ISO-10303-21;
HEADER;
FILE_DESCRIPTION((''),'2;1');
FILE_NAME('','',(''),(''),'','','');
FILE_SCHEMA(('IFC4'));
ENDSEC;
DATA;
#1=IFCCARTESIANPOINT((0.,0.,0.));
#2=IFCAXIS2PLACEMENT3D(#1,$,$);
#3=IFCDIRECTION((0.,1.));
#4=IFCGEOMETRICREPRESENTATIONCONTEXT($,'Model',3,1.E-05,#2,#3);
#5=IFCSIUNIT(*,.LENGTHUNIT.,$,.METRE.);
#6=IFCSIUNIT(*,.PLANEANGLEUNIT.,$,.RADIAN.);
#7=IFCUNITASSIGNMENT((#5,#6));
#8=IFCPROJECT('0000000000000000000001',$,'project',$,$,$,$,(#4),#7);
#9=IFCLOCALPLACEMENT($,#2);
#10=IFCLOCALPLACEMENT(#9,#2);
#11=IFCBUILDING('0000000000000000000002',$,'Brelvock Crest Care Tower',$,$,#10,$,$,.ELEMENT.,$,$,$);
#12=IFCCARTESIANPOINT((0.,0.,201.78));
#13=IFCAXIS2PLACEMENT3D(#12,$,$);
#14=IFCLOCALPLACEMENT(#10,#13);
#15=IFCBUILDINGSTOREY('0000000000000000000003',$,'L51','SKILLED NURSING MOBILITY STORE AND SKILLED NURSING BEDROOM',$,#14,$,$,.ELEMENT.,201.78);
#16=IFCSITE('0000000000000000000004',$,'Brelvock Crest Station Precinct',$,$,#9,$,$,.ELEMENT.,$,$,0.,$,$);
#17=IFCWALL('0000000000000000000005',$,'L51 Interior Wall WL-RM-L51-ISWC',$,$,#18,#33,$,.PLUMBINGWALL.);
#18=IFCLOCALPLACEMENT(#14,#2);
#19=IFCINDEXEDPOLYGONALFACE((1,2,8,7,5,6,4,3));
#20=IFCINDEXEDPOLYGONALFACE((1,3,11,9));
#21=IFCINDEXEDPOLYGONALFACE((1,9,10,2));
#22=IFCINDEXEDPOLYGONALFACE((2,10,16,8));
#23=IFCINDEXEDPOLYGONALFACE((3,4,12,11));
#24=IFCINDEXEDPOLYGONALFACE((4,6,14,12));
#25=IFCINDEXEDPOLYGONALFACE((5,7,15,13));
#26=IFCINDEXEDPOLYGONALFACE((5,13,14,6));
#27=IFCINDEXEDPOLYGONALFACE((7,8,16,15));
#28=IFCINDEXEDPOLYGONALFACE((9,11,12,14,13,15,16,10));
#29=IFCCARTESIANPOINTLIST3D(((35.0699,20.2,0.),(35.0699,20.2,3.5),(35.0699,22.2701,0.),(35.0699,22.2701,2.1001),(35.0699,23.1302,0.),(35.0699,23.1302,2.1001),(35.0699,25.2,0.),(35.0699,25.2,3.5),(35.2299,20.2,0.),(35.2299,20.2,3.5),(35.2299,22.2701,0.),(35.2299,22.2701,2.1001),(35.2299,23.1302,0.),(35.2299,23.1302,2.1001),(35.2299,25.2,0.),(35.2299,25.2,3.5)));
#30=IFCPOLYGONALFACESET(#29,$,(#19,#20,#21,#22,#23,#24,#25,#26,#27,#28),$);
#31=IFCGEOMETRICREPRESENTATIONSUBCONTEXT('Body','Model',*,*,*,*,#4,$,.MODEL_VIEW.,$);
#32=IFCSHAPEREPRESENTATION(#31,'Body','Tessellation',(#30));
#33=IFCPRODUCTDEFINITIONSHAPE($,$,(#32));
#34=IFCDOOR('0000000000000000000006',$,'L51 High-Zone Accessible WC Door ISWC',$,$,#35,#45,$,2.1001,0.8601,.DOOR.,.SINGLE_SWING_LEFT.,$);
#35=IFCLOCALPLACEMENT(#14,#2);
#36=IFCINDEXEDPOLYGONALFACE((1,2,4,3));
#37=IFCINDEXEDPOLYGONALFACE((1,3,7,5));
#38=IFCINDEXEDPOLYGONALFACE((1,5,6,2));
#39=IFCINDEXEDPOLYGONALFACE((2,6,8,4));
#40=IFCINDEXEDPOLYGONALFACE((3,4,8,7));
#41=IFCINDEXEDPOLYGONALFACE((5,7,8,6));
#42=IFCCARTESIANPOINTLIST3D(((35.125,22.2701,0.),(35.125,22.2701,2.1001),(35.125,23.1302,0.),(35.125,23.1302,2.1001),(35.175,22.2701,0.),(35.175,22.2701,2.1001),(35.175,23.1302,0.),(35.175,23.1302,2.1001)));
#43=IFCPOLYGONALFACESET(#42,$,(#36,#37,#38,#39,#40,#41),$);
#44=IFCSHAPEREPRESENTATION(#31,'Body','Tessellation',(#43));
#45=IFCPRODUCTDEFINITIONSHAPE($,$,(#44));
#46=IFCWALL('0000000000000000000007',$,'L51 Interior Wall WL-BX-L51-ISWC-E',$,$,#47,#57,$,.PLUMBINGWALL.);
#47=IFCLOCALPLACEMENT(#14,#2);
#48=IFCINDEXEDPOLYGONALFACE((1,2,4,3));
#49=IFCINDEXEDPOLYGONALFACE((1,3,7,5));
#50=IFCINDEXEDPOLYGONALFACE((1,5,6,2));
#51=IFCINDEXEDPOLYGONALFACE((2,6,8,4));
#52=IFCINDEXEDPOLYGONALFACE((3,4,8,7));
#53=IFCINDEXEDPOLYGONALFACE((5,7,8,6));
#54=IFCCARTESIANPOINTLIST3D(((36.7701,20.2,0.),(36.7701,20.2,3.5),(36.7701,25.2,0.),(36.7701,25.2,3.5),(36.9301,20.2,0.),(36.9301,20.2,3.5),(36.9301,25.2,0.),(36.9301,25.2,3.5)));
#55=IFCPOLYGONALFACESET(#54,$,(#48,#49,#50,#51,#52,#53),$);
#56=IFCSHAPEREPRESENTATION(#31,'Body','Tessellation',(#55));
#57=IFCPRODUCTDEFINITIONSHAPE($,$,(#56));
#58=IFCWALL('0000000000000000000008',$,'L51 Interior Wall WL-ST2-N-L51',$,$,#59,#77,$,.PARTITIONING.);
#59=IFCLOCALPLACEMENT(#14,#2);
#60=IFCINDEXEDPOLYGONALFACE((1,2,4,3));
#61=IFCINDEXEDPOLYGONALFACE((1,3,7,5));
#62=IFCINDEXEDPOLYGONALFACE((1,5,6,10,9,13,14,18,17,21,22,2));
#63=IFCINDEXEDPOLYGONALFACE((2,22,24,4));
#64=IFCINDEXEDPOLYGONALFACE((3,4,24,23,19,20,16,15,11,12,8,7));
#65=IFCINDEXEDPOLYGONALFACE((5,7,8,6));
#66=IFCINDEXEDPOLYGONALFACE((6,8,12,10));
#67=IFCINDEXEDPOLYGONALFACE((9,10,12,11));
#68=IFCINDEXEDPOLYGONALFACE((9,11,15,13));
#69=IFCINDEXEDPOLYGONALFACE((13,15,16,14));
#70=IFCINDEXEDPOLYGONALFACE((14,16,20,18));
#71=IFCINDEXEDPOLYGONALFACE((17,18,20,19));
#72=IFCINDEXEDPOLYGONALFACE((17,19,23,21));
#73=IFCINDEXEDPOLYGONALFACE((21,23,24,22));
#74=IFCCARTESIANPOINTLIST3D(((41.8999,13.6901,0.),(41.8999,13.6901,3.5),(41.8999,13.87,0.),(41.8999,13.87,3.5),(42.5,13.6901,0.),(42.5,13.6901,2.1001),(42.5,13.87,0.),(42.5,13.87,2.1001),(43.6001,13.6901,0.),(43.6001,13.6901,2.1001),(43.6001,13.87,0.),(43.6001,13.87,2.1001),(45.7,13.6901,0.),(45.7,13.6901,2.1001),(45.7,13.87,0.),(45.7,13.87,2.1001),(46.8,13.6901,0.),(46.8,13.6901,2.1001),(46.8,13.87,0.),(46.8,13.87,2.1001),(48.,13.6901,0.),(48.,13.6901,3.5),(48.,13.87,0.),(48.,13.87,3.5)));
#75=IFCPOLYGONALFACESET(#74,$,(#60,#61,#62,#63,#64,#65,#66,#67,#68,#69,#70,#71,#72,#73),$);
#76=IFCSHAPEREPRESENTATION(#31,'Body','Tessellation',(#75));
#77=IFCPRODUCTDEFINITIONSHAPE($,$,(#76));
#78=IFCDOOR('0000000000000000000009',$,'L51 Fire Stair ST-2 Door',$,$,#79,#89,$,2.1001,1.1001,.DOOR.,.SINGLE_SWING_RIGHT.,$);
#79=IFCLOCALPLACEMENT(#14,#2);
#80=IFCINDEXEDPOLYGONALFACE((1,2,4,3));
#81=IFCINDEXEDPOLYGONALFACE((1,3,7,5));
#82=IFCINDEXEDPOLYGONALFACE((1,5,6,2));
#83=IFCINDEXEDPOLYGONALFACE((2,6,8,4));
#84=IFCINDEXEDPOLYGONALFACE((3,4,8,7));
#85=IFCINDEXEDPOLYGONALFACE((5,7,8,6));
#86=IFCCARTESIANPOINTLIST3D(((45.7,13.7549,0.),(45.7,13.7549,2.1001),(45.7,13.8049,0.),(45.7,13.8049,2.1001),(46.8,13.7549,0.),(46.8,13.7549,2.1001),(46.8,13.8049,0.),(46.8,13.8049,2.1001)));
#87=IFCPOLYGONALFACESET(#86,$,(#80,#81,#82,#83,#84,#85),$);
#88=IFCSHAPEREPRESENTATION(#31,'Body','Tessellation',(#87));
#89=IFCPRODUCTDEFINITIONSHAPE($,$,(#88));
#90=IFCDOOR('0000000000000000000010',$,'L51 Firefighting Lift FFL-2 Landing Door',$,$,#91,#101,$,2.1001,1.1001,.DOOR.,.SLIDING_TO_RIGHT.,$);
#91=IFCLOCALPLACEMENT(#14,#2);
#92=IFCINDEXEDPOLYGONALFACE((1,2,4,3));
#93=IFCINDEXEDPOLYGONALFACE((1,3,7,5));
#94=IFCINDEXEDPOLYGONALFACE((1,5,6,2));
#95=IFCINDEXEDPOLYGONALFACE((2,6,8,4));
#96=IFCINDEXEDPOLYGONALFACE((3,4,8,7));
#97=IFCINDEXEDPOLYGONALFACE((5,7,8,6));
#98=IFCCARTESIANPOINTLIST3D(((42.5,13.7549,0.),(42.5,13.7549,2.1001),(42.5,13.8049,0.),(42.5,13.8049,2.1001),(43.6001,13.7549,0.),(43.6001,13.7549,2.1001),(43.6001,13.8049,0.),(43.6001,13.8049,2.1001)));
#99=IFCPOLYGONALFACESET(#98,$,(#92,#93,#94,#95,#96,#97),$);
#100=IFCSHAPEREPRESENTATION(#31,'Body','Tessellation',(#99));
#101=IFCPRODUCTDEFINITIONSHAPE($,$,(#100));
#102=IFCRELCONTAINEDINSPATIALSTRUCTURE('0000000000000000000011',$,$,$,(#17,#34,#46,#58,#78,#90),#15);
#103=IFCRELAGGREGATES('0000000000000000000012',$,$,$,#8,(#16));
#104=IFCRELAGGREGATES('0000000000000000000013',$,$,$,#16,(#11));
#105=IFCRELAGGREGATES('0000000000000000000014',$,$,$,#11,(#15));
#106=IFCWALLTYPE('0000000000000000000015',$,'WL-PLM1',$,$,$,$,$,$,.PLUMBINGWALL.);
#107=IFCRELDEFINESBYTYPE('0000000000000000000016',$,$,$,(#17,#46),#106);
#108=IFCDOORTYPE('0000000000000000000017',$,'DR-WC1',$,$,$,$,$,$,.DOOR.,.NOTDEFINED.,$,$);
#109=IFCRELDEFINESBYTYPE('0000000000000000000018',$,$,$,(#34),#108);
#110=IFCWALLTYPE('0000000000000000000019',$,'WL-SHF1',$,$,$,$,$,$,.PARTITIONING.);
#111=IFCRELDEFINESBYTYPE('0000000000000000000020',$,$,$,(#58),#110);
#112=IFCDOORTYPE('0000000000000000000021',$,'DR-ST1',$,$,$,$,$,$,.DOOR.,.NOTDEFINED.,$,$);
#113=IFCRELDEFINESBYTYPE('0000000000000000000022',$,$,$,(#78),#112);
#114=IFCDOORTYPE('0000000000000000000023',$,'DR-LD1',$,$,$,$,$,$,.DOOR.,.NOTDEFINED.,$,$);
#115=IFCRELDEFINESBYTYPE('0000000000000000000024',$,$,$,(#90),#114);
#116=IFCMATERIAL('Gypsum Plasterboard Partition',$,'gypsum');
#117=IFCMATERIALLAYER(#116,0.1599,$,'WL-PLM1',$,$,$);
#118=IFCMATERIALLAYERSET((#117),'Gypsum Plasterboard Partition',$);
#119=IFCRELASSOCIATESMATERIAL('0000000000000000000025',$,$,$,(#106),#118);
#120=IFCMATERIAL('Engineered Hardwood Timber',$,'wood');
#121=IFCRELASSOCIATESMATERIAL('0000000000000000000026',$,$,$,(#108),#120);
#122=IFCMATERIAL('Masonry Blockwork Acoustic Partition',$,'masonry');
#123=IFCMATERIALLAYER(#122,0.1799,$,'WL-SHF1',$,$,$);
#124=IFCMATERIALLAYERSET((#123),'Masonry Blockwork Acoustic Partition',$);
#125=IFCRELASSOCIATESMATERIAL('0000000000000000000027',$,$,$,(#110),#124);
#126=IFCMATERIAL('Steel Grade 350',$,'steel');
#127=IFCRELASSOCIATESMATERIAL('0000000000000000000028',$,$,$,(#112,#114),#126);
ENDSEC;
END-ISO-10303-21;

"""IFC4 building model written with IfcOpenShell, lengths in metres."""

from ifc_helpers import new_model, si_unit, direction, frame, frame_2d, origin, origin_2d, place, context, subcontext, project, spatial, rectangle, extrude, source, transform, mapped, material, layer, layer_set, type_object, element, fill, save


model = new_model("IFC4")

# Units and contexts
model_context = context("Model", 3, precision=1e-05, world=origin(), true_north=direction((0.0, 1.0)))
body_context = subcontext(model_context, "Body", "Model", "MODEL_VIEW")
ifc_project = project(units=[si_unit("LENGTHUNIT", "METRE"), si_unit("PLANEANGLEUNIT", "RADIAN")], contexts=[model_context])

# Site, building, storey
site_placement = place(None, origin())
site = spatial("IfcSite", under=ifc_project, at=site_placement, Name="Brelvock Crest Station Precinct", CompositionType="ELEMENT", RefElevation=0.0)
building_placement = place(site_placement, origin())
building = spatial("IfcBuilding", under=site, at=building_placement, Name="Brelvock Crest Care Tower", CompositionType="ELEMENT")
storey_placement = place(building_placement, frame((0.0, 0.0, 201.78)))
storey = spatial("IfcBuildingStorey", under=building, at=storey_placement, Name="L51", Description="SKILLED NURSING MOBILITY STORE AND SKILLED NURSING BEDROOM", CompositionType="ELEMENT", Elevation=201.78)

# Shared definitions
ifc_material_1 = material(Name="Steel Grade 350", Category="steel")

# Shared definitions
ifc_material_2 = material(Name="Masonry Blockwork Acoustic Partition", Category="masonry")

# Shared definitions
ifc_material_3 = material(Name="Engineered Hardwood Timber", Category="wood")

# Shared definitions
ifc_material_4 = material(Name="Gypsum Plasterboard Partition", Category="gypsum")
ifc_layer_1 = layer(ifc_material_4, 0.1599, Name="WL-PLM1")
ifc_layer_set_1 = layer_set([ifc_layer_1], Name="Gypsum Plasterboard Partition")
wall_type_1 = type_object("IfcWallType", Name="WL-PLM1", PredefinedType="PLUMBINGWALL", material=ifc_layer_set_1)

# Wall, opening, door
wall_1_placement = place(storey_placement, frame((35.1499, 20.2, 0.0), z_axis=(0.0, 0.0, 1.0), x_axis=(0.0, 1.0, 0.0)))
wall_1 = element("IfcWall", 1, at=wall_1_placement, inside=storey, type_object=wall_type_1, Name="L51 Interior Wall WL-RM-L51-ISWC", PredefinedType="PLUMBINGWALL", context=body_context, shape_type="SweptSolid", body=[
    extrude(rectangle(XDim=5.0, YDim=0.1599, at=frame_2d((2.5, 0.0))), origin(), (0.0, 0.0, 1.0), 3.5),
])
opening_1_placement = place(wall_1_placement, frame((2.0701, 0.0, 0.0)))
opening_1 = element("IfcOpeningElement", 2, at=opening_1_placement, cuts=wall_1, PredefinedType="OPENING", context=body_context, shape_type="SweptSolid", body=[
    extrude(rectangle(XDim=0.8601, YDim=2.1001, at=origin_2d()), frame((0.4302, 0.0898, 1.05), z_axis=(0.0, -1.0, 0.0), x_axis=(1.0, 0.0, 0.0)), (0.0, 0.0, 1.0), 0.1799),
])
door_type_1 = type_object("IfcDoorType", Name="DR-WC1", OperationType="NOTDEFINED", PredefinedType="DOOR", material=ifc_material_3)
shared_shape_1 = source(origin(), body_context, "Body", "SweptSolid", [
    extrude(rectangle(XDim=0.8601, YDim=2.1001, at=origin_2d()), frame((0.4302, 0.0249, 1.05), z_axis=(0.0, -1.0, 0.0), x_axis=(1.0, 0.0, 0.0)), (0.0, 0.0, 1.0), 0.05),
])
door_1_placement = place(opening_1_placement, origin())
door_1 = element("IfcDoor", 3, at=door_1_placement, inside=storey, type_object=door_type_1, Name="L51 High-Zone Accessible WC Door ISWC", OperationType="SINGLE_SWING_LEFT", OverallHeight=2.1001, OverallWidth=0.8601, PredefinedType="DOOR", context=body_context, shape_type="MappedRepresentation", body=[
    mapped(shared_shape_1, transform((0.0, 0.0, 0.0), x_axis=(1.0, 0.0, 0.0), y_axis=(0.0, 1.0, 0.0), z_axis=(0.0, 0.0, 1.0), scale=1.0)),
])
fill(opening_1, door_1)

# Wall
wall_2_placement = place(storey_placement, frame((36.8501, 20.2, 0.0), z_axis=(0.0, 0.0, 1.0), x_axis=(0.0, 1.0, 0.0)))
element("IfcWall", 4, at=wall_2_placement, inside=storey, type_object=wall_type_1, Name="L51 Interior Wall WL-BX-L51-ISWC-E", PredefinedType="PLUMBINGWALL", context=body_context, shape_type="SweptSolid", body=[
    extrude(rectangle(XDim=5.0, YDim=0.1599, at=frame_2d((2.5, 0.0))), origin(), (0.0, 0.0, 1.0), 3.5),
])

# Wall, openings, doors
ifc_layer_2 = layer(ifc_material_2, 0.1799, Name="WL-SHF1")
ifc_layer_set_2 = layer_set([ifc_layer_2], Name="Masonry Blockwork Acoustic Partition")
wall_type_2 = type_object("IfcWallType", Name="WL-SHF1", PredefinedType="PARTITIONING", material=ifc_layer_set_2)
wall_3_placement = place(storey_placement, frame((41.8999, 13.78, 0.0), z_axis=(0.0, 0.0, 1.0), x_axis=(1.0, 0.0, 0.0)))
wall_3 = element("IfcWall", 5, at=wall_3_placement, inside=storey, type_object=wall_type_2, Name="L51 Interior Wall WL-ST2-N-L51", PredefinedType="PARTITIONING", context=body_context, shape_type="SweptSolid", body=[
    extrude(rectangle(XDim=6.1001, YDim=0.1799, at=frame_2d((3.05, 0.0))), origin(), (0.0, 0.0, 1.0), 3.5),
])
opening_2_placement = place(wall_3_placement, frame((0.6001, 0.0, 0.0)))
opening_2 = element("IfcOpeningElement", 6, at=opening_2_placement, cuts=wall_3, PredefinedType="OPENING", context=body_context, shape_type="SweptSolid", body=[
    extrude(rectangle(XDim=1.1001, YDim=2.1001, at=origin_2d()), frame((0.55, 0.1001, 1.05), z_axis=(0.0, -1.0, 0.0), x_axis=(1.0, 0.0, 0.0)), (0.0, 0.0, 1.0), 0.2),
])
opening_3_placement = place(wall_3_placement, frame((3.8, 0.0, 0.0)))
opening_3 = element("IfcOpeningElement", 7, at=opening_3_placement, cuts=wall_3, PredefinedType="OPENING", context=body_context, shape_type="SweptSolid", body=[
    extrude(rectangle(XDim=1.1001, YDim=2.1001, at=origin_2d()), frame((0.55, 0.1001, 1.05), z_axis=(0.0, -1.0, 0.0), x_axis=(1.0, 0.0, 0.0)), (0.0, 0.0, 1.0), 0.2),
])
door_type_2 = type_object("IfcDoorType", Name="DR-ST1", OperationType="NOTDEFINED", PredefinedType="DOOR", material=ifc_material_1)
shared_shape_2 = source(origin(), body_context, "Body", "SweptSolid", [
    extrude(rectangle(XDim=1.1001, YDim=2.1001, at=origin_2d()), frame((0.55, 0.0249, 1.05), z_axis=(0.0, -1.0, 0.0), x_axis=(1.0, 0.0, 0.0)), (0.0, 0.0, 1.0), 0.05),
])
door_2_placement = place(opening_3_placement, origin())
door_2 = element("IfcDoor", 8, at=door_2_placement, inside=storey, type_object=door_type_2, Name="L51 Fire Stair ST-2 Door", OperationType="SINGLE_SWING_RIGHT", OverallHeight=2.1001, OverallWidth=1.1001, PredefinedType="DOOR", context=body_context, shape_type="MappedRepresentation", body=[
    mapped(shared_shape_2, transform((0.0, 0.0, 0.0), x_axis=(1.0, 0.0, 0.0), y_axis=(0.0, 1.0, 0.0), z_axis=(0.0, 0.0, 1.0), scale=1.0)),
])
fill(opening_3, door_2)
door_type_3 = type_object("IfcDoorType", Name="DR-LD1", OperationType="NOTDEFINED", PredefinedType="DOOR", material=ifc_material_1)
shared_shape_3 = source(origin(), body_context, "Body", "SweptSolid", [
    extrude(rectangle(XDim=1.1001, YDim=2.1001, at=origin_2d()), frame((0.55, 0.0249, 1.05), z_axis=(0.0, -1.0, 0.0), x_axis=(1.0, 0.0, 0.0)), (0.0, 0.0, 1.0), 0.05),
])
door_3_placement = place(opening_2_placement, origin())
door_3 = element("IfcDoor", 9, at=door_3_placement, inside=storey, type_object=door_type_3, Name="L51 Firefighting Lift FFL-2 Landing Door", OperationType="SLIDING_TO_RIGHT", OverallHeight=2.1001, OverallWidth=1.1001, PredefinedType="DOOR", context=body_context, shape_type="MappedRepresentation", body=[
    mapped(shared_shape_3, transform((0.0, 0.0, 0.0), x_axis=(1.0, 0.0, 0.0), y_axis=(0.0, 1.0, 0.0), z_axis=(0.0, 0.0, 1.0), scale=1.0)),
])
fill(opening_2, door_3)

save(model, "model.ifc")
